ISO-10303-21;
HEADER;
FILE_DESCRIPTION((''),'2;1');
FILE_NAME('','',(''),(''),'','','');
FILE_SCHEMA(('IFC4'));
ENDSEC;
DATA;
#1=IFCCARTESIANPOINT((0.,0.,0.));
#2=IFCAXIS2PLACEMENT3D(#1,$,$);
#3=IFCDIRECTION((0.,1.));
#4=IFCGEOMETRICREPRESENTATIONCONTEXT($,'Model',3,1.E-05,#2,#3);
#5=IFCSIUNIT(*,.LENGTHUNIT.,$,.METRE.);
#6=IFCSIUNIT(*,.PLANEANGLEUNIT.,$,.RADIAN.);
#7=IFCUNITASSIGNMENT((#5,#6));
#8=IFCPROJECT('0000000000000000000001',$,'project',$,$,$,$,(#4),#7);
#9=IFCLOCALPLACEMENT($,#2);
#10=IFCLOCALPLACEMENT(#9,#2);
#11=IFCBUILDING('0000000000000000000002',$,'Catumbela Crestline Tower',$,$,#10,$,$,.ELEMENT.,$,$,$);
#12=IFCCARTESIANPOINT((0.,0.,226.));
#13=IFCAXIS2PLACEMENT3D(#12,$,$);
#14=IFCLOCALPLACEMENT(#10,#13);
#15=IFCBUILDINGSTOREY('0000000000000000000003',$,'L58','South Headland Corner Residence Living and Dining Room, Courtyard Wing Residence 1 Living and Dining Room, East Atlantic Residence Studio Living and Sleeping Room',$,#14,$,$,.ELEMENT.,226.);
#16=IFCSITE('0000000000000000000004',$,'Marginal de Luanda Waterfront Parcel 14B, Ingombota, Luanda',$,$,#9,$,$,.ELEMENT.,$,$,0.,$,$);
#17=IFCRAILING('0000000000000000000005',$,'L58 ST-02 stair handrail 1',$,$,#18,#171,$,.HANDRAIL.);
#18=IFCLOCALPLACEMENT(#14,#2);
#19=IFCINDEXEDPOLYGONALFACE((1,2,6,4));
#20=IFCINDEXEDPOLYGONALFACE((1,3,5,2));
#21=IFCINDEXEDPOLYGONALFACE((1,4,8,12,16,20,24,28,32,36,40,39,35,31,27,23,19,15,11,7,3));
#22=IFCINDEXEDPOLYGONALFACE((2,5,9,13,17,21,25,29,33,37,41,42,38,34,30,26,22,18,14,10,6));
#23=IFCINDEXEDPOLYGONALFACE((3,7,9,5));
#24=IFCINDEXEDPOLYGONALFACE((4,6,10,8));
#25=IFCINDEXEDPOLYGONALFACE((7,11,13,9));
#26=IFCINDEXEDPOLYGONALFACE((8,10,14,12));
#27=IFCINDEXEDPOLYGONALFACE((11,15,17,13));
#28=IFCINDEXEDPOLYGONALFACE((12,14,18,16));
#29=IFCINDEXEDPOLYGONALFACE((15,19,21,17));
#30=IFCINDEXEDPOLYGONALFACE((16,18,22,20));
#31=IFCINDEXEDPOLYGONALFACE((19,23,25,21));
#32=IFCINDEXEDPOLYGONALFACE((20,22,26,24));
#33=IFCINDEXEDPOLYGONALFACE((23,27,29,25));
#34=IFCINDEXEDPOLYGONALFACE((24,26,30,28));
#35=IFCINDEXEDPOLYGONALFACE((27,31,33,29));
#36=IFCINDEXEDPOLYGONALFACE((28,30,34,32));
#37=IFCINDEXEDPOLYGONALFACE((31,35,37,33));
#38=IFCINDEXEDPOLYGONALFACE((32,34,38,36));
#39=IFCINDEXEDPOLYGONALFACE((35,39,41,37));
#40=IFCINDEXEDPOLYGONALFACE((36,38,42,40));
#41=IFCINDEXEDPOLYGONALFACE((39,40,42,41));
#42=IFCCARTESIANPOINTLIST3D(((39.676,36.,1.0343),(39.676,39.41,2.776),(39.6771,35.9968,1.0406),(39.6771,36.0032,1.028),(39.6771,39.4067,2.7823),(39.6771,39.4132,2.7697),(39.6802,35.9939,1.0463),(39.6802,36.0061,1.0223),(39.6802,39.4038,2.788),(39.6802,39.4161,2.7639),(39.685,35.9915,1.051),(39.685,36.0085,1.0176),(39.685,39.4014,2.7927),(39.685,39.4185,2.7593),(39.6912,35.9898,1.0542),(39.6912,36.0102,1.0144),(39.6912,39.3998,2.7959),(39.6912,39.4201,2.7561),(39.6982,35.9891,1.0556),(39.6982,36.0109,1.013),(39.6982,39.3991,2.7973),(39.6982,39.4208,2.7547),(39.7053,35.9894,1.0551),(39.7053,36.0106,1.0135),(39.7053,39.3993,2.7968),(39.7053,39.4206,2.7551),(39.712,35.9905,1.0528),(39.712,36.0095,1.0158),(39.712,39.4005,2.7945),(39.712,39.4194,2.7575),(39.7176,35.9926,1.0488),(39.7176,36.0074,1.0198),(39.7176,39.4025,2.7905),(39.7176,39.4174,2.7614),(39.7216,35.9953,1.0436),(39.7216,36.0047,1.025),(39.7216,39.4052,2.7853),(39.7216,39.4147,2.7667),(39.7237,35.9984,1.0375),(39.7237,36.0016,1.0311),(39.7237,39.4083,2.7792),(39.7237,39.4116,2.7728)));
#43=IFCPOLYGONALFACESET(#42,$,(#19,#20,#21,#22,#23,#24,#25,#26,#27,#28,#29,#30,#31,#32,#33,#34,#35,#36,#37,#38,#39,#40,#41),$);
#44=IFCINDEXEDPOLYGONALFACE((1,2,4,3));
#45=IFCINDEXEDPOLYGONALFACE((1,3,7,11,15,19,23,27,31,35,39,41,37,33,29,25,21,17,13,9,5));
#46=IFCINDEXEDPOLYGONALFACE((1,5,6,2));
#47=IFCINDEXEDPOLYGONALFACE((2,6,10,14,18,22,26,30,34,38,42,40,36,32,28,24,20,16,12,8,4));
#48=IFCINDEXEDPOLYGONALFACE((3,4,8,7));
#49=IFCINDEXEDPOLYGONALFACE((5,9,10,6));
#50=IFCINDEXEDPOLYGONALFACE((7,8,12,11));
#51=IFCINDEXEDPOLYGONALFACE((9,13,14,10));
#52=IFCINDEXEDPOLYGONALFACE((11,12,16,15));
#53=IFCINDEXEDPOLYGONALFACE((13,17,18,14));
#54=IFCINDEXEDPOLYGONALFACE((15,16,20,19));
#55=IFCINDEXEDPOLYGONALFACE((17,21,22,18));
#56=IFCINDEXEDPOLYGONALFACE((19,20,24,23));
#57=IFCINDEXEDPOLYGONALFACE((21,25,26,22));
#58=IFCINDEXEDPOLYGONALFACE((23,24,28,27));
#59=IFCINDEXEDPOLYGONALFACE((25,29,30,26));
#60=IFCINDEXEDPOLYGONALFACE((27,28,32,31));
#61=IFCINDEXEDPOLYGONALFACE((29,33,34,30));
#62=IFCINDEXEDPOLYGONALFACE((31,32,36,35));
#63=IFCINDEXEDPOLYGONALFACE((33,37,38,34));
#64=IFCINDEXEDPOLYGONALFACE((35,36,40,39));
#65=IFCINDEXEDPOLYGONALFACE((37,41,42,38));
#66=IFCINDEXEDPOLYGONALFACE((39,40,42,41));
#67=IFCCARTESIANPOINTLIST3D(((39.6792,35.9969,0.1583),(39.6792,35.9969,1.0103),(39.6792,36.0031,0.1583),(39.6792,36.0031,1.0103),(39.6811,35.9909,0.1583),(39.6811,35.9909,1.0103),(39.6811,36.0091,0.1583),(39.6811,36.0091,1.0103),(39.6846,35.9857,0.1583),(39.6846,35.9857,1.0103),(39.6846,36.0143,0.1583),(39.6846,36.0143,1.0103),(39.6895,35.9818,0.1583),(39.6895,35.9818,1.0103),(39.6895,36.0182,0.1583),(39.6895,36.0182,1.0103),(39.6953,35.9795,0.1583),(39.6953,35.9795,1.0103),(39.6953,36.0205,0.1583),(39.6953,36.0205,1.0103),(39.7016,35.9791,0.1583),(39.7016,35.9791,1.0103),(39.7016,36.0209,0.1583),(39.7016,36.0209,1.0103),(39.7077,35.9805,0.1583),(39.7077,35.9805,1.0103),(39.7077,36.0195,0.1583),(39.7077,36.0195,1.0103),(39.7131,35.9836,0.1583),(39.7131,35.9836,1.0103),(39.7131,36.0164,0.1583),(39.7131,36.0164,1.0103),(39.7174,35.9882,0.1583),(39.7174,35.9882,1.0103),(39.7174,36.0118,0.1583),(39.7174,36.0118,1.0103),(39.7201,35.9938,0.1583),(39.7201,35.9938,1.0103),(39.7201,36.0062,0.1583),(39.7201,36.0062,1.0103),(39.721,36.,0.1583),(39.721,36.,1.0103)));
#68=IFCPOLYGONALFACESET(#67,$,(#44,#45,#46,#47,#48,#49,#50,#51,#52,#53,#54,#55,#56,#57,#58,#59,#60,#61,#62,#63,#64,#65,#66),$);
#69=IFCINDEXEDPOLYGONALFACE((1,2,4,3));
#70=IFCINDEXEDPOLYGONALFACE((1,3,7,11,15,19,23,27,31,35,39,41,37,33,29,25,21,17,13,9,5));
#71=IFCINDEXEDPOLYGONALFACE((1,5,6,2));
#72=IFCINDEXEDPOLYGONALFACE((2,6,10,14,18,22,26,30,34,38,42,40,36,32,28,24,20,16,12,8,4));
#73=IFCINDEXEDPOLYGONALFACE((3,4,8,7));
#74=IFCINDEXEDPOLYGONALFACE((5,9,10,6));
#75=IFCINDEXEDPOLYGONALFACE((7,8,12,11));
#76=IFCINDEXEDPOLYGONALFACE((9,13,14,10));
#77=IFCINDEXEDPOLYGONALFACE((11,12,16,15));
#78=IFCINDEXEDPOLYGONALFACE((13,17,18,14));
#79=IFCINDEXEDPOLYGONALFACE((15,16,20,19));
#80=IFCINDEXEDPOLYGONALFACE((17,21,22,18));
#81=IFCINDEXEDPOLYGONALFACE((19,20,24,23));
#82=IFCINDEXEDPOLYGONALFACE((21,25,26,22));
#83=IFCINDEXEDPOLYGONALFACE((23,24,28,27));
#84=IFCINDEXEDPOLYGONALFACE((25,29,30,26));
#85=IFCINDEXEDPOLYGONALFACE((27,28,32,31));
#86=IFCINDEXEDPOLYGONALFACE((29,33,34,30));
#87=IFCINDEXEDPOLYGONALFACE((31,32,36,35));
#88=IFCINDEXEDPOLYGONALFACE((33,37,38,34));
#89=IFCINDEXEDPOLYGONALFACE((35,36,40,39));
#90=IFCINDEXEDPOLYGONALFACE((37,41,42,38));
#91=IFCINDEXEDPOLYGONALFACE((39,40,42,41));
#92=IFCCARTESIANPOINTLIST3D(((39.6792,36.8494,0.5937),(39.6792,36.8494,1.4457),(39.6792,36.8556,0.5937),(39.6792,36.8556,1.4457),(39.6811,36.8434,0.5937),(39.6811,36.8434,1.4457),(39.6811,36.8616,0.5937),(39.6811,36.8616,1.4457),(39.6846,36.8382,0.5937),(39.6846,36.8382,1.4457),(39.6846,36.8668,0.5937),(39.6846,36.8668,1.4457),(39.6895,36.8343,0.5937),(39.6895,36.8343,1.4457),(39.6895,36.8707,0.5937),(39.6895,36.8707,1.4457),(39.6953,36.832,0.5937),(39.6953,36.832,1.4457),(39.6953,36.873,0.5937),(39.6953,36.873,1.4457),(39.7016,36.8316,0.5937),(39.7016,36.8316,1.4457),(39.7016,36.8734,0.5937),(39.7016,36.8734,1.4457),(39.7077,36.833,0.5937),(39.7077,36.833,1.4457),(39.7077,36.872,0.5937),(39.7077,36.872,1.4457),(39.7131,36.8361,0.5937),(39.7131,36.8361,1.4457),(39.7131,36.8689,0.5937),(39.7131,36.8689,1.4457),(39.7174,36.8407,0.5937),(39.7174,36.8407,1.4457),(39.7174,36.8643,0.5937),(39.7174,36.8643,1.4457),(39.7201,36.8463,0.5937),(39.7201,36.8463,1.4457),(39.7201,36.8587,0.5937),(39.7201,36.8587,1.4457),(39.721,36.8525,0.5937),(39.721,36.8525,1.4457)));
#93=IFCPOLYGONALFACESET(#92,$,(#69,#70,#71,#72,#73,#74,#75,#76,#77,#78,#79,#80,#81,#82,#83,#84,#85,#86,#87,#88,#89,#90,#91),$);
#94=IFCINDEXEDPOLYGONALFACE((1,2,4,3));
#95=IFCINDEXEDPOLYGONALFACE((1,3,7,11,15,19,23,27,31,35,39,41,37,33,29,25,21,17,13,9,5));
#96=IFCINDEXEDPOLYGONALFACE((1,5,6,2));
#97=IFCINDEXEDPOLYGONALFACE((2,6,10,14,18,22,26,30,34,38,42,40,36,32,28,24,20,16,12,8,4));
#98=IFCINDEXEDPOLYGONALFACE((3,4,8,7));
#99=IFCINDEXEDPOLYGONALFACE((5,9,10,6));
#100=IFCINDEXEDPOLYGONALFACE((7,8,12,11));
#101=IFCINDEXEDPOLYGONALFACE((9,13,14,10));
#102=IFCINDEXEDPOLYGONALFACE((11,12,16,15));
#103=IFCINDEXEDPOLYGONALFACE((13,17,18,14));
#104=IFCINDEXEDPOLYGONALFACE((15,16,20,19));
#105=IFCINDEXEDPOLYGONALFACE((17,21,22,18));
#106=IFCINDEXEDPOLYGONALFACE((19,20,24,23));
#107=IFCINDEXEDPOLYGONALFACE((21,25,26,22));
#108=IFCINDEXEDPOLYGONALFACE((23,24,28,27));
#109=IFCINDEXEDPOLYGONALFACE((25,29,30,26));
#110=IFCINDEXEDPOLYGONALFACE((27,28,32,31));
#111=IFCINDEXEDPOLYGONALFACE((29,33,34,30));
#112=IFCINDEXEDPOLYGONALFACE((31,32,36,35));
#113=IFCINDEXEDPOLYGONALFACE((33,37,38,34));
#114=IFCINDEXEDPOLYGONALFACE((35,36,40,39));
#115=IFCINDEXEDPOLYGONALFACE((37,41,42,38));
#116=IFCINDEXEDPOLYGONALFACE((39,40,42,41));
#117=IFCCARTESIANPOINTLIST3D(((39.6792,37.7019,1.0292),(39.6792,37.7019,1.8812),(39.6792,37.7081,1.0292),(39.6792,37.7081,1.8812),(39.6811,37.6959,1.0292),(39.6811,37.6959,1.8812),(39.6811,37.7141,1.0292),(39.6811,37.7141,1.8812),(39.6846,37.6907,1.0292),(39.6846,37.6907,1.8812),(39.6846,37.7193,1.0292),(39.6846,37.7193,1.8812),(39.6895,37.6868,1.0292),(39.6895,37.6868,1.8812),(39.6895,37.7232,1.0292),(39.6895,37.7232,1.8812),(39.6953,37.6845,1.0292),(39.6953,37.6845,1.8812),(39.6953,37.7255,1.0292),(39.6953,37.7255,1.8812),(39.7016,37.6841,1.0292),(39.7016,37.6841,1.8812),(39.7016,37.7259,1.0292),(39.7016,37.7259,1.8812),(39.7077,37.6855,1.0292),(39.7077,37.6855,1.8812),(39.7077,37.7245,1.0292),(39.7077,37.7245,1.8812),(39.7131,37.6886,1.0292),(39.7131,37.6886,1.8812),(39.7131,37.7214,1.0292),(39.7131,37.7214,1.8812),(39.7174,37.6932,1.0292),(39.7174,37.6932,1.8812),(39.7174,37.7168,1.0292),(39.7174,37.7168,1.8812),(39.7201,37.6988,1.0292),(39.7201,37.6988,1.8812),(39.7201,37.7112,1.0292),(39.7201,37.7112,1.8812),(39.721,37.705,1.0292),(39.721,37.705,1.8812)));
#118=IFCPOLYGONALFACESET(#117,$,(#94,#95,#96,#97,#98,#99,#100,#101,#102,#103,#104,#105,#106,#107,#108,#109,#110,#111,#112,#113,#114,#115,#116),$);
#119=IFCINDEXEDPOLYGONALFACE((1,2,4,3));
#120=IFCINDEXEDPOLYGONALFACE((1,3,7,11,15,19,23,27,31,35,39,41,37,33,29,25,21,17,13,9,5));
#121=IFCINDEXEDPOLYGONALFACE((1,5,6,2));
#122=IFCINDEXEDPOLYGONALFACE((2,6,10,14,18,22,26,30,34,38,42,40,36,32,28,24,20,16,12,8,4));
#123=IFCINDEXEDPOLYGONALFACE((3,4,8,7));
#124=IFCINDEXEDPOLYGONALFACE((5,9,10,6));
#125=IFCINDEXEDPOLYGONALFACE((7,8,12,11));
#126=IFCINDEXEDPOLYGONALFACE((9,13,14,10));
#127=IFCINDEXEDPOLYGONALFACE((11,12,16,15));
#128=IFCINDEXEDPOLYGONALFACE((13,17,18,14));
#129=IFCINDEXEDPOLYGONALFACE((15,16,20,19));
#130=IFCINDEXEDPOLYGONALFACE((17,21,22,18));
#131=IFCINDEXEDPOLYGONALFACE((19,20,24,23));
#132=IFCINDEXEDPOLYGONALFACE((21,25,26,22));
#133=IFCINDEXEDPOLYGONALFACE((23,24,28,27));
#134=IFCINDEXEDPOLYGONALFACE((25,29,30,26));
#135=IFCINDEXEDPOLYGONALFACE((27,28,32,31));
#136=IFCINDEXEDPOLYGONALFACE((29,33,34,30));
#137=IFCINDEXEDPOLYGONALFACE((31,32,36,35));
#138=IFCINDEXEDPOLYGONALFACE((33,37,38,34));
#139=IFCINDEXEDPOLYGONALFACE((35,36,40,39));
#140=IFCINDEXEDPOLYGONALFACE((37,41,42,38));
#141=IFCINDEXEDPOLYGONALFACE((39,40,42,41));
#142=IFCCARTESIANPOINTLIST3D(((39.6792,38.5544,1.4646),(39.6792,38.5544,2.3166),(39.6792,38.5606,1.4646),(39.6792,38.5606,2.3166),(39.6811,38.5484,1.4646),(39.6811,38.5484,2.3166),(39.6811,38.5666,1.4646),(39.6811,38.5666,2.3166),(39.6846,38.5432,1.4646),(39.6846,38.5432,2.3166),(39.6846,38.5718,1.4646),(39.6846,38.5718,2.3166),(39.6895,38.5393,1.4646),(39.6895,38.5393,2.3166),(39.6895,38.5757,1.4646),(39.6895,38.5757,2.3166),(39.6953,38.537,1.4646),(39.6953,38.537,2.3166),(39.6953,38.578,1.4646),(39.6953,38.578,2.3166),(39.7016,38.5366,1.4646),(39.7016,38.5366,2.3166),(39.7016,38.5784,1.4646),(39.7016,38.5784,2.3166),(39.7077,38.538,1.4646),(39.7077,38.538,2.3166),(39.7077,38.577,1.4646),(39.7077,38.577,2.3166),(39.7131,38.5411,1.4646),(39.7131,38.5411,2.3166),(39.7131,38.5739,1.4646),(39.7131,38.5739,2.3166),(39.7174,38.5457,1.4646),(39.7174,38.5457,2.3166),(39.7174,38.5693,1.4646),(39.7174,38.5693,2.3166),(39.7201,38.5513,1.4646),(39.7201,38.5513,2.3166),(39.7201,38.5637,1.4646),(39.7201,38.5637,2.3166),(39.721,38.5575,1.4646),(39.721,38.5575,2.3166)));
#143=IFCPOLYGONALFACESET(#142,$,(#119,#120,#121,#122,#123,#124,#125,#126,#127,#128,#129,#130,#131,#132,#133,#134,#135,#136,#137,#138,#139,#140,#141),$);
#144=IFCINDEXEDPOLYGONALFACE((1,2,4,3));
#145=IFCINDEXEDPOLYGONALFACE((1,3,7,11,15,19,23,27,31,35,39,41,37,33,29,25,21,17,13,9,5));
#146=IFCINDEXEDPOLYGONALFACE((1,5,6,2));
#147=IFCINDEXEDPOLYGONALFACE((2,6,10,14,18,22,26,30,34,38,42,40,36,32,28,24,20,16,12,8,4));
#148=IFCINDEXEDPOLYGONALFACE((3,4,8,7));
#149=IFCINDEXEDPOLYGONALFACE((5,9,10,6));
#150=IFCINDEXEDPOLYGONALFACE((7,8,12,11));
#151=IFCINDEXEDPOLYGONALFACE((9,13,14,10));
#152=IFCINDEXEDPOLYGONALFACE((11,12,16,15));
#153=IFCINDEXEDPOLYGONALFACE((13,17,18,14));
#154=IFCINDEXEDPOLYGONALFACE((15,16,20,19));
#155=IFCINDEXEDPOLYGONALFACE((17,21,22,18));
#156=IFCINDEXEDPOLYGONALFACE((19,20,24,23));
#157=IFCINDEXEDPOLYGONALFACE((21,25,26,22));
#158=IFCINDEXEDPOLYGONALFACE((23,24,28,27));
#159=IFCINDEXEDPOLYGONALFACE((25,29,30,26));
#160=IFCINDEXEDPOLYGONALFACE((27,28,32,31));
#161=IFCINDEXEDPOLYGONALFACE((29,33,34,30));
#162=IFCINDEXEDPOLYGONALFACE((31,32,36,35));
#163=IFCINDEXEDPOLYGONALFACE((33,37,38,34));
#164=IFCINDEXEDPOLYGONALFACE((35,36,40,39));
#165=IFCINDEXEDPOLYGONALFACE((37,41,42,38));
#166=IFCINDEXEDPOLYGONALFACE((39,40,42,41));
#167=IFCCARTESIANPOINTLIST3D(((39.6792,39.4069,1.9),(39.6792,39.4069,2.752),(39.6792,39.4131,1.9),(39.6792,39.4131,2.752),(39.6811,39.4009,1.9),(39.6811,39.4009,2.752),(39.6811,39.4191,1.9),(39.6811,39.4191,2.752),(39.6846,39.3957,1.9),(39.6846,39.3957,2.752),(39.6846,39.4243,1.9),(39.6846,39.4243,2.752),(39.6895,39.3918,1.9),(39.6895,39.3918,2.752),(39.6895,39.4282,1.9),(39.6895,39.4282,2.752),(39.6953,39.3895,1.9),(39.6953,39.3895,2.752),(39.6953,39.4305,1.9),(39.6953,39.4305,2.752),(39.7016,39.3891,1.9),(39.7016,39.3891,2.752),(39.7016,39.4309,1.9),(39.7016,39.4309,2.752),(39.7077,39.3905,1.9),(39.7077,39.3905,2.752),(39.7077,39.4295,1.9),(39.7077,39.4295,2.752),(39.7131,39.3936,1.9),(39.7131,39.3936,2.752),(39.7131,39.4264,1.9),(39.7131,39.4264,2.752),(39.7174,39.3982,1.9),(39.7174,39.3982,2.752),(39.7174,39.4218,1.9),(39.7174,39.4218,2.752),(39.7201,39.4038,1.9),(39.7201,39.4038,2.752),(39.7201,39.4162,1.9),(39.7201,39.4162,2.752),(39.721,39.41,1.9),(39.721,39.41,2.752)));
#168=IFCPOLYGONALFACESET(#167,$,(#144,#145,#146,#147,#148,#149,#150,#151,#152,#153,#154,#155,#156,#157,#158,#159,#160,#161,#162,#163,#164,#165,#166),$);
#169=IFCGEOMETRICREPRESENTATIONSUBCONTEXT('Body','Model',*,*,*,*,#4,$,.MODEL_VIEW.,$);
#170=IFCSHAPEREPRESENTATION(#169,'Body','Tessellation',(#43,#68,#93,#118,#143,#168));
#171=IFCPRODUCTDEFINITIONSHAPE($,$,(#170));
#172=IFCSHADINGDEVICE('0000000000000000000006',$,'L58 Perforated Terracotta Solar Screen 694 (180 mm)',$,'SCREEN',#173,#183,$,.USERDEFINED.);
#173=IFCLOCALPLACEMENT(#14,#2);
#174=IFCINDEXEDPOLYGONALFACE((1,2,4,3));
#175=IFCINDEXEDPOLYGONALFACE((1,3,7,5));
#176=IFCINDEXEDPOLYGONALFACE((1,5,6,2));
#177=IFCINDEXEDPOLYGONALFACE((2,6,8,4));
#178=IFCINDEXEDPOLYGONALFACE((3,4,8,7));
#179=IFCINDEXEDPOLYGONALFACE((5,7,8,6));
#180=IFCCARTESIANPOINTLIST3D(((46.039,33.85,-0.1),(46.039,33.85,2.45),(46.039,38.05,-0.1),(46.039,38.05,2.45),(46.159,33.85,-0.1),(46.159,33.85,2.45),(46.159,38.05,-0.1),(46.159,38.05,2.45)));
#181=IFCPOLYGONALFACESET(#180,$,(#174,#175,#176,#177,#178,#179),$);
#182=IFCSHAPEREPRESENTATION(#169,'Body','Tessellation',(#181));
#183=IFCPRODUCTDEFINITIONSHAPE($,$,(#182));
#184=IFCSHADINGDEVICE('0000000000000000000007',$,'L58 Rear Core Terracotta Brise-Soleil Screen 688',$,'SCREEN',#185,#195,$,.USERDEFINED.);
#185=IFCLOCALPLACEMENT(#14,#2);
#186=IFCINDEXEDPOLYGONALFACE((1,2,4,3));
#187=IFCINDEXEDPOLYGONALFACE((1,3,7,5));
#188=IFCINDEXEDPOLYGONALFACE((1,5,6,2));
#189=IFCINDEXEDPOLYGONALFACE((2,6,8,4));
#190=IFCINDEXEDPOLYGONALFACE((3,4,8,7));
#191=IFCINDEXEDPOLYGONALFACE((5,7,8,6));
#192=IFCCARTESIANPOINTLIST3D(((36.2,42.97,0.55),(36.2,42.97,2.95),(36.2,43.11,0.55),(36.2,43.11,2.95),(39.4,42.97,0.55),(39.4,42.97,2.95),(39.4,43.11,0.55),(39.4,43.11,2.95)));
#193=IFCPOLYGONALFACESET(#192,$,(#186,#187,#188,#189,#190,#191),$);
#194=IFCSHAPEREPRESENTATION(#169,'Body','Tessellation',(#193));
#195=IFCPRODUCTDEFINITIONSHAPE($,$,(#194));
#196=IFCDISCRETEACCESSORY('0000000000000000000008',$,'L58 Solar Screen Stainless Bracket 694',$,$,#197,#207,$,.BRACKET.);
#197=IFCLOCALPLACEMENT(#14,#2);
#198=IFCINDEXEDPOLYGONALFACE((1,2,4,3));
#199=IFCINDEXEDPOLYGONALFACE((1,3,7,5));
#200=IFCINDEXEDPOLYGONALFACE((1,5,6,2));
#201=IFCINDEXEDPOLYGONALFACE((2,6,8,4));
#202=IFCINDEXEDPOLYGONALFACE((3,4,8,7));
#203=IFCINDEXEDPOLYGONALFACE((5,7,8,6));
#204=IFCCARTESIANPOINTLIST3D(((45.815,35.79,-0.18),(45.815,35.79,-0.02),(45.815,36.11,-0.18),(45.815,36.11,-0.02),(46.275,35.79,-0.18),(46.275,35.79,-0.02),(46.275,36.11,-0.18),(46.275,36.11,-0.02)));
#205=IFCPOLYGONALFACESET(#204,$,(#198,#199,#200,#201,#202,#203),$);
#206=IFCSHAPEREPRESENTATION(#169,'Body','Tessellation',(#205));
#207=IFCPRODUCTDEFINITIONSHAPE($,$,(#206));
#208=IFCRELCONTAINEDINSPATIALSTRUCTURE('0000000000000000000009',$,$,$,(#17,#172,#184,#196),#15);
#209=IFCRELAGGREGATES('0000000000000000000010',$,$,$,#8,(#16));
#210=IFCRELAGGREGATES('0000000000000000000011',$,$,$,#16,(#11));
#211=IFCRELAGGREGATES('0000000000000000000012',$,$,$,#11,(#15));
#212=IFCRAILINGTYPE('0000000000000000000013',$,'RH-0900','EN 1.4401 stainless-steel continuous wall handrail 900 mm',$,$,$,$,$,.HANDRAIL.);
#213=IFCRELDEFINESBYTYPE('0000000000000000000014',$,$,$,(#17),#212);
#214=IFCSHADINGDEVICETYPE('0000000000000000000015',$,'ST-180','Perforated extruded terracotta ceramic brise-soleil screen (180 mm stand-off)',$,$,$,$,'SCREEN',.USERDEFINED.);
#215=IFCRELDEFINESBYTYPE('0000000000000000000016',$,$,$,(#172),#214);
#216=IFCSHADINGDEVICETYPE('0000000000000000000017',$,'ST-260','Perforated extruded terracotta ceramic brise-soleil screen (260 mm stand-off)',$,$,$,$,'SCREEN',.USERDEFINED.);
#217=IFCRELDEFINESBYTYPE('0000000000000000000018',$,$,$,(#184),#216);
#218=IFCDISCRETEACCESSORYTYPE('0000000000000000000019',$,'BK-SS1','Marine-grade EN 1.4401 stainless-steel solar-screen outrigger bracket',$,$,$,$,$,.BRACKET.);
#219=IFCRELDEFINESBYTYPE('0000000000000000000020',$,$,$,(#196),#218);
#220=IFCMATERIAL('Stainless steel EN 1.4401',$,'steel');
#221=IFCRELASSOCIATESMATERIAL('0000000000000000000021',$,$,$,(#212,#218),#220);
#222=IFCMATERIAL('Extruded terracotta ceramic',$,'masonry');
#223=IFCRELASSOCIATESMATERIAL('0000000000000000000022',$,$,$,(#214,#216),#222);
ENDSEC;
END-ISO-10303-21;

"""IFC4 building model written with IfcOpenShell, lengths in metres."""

from ifc_helpers import new_model, si_unit, direction, frame, origin, origin_2d, place, context, subcontext, project, spatial, rectangle, circle, extrude, material, type_object, element, save


model = new_model("IFC4")

# Units and contexts
model_context = context("Model", 3, precision=1e-05, world=origin(), true_north=direction((0.0, 1.0)))
body_context = subcontext(model_context, "Body", "Model", "MODEL_VIEW")
ifc_project = project(units=[si_unit("LENGTHUNIT", "METRE"), si_unit("PLANEANGLEUNIT", "RADIAN")], contexts=[model_context])

# Site, building, storey
site_placement = place(None, origin())
site = spatial("IfcSite", under=ifc_project, at=site_placement, Name="Marginal de Luanda Waterfront Parcel 14B, Ingombota, Luanda", CompositionType="ELEMENT", RefElevation=0.0)
building_placement = place(site_placement, origin())
building = spatial("IfcBuilding", under=site, at=building_placement, Name="Catumbela Crestline Tower", CompositionType="ELEMENT")
storey_placement = place(building_placement, frame((0.0, 0.0, 226.0)))
storey = spatial("IfcBuildingStorey", under=building, at=storey_placement, Name="L58", Description="South Headland Corner Residence Living and Dining Room, Courtyard Wing Residence 1 Living and Dining Room, East Atlantic Residence Studio Living and Sleeping Room", CompositionType="ELEMENT", Elevation=226.0)

# Railing
ifc_material_1 = material(Name="Stainless steel EN 1.4401", Category="steel")
railing_type_1 = type_object("IfcRailingType", Name="RH-0900", Description="EN 1.4401 stainless-steel continuous wall handrail 900 mm", PredefinedType="HANDRAIL", material=ifc_material_1)
railing_1_placement = place(storey_placement, frame((39.7, 36.0, 0.1583)))
element("IfcRailing", 1, at=railing_1_placement, inside=storey, type_object=railing_type_1, Name="L58 ST-02 stair handrail 1", PredefinedType="HANDRAIL", context=body_context, shape_type="SweptSolid", body=[
    extrude(circle(Radius=0.024, at=origin_2d()), frame((0.0, 0.0, 0.876), z_axis=(0.0, 0.89056, 0.454865), x_axis=(-1.0, 0.0, 0.0)), (0.0, 0.0, 1.0), 3.829),
    extrude(circle(Radius=0.021, at=origin_2d()), origin(), (0.0, 0.0, 1.0), 0.852),
    extrude(circle(Radius=0.021, at=origin_2d()), frame((0.0, 0.8525, 0.4354)), (0.0, 0.0, 1.0), 0.852),
    extrude(circle(Radius=0.021, at=origin_2d()), frame((0.0, 1.705, 0.8709)), (0.0, 0.0, 1.0), 0.852),
    extrude(circle(Radius=0.021, at=origin_2d()), frame((0.0, 2.5575, 1.3063)), (0.0, 0.0, 1.0), 0.852),
    extrude(circle(Radius=0.021, at=origin_2d()), frame((0.0, 3.41, 1.7417)), (0.0, 0.0, 1.0), 0.852),
])

# Shading devices
ifc_material_2 = material(Name="Extruded terracotta ceramic", Category="masonry")
shading_device_type_1 = type_object("IfcShadingDeviceType", Name="ST-180", Description="Perforated extruded terracotta ceramic brise-soleil screen (180 mm stand-off)", ElementType="SCREEN", PredefinedType="USERDEFINED", material=ifc_material_2)
shading_device_1_placement = place(storey_placement, frame((46.099, 35.95, -0.1), z_axis=(0.0, 0.0, 1.0), x_axis=(0.0, 1.0, 0.0)))
element("IfcShadingDevice", 2, at=shading_device_1_placement, inside=storey, type_object=shading_device_type_1, Name="L58 Perforated Terracotta Solar Screen 694 (180 mm)", ObjectType="SCREEN", PredefinedType="USERDEFINED", context=body_context, shape_type="SweptSolid", body=[
    extrude(rectangle(XDim=4.2, YDim=0.12, at=origin_2d()), origin(), (0.0, 0.0, 1.0), 2.55),
])
shading_device_type_2 = type_object("IfcShadingDeviceType", Name="ST-260", Description="Perforated extruded terracotta ceramic brise-soleil screen (260 mm stand-off)", ElementType="SCREEN", PredefinedType="USERDEFINED", material=ifc_material_2)
shading_device_2_placement = place(storey_placement, frame((37.8, 43.04, 0.55), z_axis=(0.0, 0.0, 1.0), x_axis=(1.0, 0.0, 0.0)))
element("IfcShadingDevice", 3, at=shading_device_2_placement, inside=storey, type_object=shading_device_type_2, Name="L58 Rear Core Terracotta Brise-Soleil Screen 688", ObjectType="SCREEN", PredefinedType="USERDEFINED", context=body_context, shape_type="SweptSolid", body=[
    extrude(rectangle(XDim=3.2, YDim=0.14, at=origin_2d()), origin(), (0.0, 0.0, 1.0), 2.4),
])

# Discrete accessory
discrete_accessory_type = type_object("IfcDiscreteAccessoryType", Name="BK-SS1", Description="Marine-grade EN 1.4401 stainless-steel solar-screen outrigger bracket", PredefinedType="BRACKET", material=ifc_material_1)
discrete_accessory_placement = place(storey_placement, frame((46.045, 35.95, -0.18), z_axis=(0.0, 0.0, 1.0), x_axis=(0.0, 1.0, 0.0)))
element("IfcDiscreteAccessory", 4, at=discrete_accessory_placement, inside=storey, type_object=discrete_accessory_type, Name="L58 Solar Screen Stainless Bracket 694", PredefinedType="BRACKET", context=body_context, shape_type="SweptSolid", body=[
    extrude(rectangle(XDim=0.32, YDim=0.46, at=origin_2d()), origin(), (0.0, 0.0, 1.0), 0.16),
])

save(model, "model.ifc")
